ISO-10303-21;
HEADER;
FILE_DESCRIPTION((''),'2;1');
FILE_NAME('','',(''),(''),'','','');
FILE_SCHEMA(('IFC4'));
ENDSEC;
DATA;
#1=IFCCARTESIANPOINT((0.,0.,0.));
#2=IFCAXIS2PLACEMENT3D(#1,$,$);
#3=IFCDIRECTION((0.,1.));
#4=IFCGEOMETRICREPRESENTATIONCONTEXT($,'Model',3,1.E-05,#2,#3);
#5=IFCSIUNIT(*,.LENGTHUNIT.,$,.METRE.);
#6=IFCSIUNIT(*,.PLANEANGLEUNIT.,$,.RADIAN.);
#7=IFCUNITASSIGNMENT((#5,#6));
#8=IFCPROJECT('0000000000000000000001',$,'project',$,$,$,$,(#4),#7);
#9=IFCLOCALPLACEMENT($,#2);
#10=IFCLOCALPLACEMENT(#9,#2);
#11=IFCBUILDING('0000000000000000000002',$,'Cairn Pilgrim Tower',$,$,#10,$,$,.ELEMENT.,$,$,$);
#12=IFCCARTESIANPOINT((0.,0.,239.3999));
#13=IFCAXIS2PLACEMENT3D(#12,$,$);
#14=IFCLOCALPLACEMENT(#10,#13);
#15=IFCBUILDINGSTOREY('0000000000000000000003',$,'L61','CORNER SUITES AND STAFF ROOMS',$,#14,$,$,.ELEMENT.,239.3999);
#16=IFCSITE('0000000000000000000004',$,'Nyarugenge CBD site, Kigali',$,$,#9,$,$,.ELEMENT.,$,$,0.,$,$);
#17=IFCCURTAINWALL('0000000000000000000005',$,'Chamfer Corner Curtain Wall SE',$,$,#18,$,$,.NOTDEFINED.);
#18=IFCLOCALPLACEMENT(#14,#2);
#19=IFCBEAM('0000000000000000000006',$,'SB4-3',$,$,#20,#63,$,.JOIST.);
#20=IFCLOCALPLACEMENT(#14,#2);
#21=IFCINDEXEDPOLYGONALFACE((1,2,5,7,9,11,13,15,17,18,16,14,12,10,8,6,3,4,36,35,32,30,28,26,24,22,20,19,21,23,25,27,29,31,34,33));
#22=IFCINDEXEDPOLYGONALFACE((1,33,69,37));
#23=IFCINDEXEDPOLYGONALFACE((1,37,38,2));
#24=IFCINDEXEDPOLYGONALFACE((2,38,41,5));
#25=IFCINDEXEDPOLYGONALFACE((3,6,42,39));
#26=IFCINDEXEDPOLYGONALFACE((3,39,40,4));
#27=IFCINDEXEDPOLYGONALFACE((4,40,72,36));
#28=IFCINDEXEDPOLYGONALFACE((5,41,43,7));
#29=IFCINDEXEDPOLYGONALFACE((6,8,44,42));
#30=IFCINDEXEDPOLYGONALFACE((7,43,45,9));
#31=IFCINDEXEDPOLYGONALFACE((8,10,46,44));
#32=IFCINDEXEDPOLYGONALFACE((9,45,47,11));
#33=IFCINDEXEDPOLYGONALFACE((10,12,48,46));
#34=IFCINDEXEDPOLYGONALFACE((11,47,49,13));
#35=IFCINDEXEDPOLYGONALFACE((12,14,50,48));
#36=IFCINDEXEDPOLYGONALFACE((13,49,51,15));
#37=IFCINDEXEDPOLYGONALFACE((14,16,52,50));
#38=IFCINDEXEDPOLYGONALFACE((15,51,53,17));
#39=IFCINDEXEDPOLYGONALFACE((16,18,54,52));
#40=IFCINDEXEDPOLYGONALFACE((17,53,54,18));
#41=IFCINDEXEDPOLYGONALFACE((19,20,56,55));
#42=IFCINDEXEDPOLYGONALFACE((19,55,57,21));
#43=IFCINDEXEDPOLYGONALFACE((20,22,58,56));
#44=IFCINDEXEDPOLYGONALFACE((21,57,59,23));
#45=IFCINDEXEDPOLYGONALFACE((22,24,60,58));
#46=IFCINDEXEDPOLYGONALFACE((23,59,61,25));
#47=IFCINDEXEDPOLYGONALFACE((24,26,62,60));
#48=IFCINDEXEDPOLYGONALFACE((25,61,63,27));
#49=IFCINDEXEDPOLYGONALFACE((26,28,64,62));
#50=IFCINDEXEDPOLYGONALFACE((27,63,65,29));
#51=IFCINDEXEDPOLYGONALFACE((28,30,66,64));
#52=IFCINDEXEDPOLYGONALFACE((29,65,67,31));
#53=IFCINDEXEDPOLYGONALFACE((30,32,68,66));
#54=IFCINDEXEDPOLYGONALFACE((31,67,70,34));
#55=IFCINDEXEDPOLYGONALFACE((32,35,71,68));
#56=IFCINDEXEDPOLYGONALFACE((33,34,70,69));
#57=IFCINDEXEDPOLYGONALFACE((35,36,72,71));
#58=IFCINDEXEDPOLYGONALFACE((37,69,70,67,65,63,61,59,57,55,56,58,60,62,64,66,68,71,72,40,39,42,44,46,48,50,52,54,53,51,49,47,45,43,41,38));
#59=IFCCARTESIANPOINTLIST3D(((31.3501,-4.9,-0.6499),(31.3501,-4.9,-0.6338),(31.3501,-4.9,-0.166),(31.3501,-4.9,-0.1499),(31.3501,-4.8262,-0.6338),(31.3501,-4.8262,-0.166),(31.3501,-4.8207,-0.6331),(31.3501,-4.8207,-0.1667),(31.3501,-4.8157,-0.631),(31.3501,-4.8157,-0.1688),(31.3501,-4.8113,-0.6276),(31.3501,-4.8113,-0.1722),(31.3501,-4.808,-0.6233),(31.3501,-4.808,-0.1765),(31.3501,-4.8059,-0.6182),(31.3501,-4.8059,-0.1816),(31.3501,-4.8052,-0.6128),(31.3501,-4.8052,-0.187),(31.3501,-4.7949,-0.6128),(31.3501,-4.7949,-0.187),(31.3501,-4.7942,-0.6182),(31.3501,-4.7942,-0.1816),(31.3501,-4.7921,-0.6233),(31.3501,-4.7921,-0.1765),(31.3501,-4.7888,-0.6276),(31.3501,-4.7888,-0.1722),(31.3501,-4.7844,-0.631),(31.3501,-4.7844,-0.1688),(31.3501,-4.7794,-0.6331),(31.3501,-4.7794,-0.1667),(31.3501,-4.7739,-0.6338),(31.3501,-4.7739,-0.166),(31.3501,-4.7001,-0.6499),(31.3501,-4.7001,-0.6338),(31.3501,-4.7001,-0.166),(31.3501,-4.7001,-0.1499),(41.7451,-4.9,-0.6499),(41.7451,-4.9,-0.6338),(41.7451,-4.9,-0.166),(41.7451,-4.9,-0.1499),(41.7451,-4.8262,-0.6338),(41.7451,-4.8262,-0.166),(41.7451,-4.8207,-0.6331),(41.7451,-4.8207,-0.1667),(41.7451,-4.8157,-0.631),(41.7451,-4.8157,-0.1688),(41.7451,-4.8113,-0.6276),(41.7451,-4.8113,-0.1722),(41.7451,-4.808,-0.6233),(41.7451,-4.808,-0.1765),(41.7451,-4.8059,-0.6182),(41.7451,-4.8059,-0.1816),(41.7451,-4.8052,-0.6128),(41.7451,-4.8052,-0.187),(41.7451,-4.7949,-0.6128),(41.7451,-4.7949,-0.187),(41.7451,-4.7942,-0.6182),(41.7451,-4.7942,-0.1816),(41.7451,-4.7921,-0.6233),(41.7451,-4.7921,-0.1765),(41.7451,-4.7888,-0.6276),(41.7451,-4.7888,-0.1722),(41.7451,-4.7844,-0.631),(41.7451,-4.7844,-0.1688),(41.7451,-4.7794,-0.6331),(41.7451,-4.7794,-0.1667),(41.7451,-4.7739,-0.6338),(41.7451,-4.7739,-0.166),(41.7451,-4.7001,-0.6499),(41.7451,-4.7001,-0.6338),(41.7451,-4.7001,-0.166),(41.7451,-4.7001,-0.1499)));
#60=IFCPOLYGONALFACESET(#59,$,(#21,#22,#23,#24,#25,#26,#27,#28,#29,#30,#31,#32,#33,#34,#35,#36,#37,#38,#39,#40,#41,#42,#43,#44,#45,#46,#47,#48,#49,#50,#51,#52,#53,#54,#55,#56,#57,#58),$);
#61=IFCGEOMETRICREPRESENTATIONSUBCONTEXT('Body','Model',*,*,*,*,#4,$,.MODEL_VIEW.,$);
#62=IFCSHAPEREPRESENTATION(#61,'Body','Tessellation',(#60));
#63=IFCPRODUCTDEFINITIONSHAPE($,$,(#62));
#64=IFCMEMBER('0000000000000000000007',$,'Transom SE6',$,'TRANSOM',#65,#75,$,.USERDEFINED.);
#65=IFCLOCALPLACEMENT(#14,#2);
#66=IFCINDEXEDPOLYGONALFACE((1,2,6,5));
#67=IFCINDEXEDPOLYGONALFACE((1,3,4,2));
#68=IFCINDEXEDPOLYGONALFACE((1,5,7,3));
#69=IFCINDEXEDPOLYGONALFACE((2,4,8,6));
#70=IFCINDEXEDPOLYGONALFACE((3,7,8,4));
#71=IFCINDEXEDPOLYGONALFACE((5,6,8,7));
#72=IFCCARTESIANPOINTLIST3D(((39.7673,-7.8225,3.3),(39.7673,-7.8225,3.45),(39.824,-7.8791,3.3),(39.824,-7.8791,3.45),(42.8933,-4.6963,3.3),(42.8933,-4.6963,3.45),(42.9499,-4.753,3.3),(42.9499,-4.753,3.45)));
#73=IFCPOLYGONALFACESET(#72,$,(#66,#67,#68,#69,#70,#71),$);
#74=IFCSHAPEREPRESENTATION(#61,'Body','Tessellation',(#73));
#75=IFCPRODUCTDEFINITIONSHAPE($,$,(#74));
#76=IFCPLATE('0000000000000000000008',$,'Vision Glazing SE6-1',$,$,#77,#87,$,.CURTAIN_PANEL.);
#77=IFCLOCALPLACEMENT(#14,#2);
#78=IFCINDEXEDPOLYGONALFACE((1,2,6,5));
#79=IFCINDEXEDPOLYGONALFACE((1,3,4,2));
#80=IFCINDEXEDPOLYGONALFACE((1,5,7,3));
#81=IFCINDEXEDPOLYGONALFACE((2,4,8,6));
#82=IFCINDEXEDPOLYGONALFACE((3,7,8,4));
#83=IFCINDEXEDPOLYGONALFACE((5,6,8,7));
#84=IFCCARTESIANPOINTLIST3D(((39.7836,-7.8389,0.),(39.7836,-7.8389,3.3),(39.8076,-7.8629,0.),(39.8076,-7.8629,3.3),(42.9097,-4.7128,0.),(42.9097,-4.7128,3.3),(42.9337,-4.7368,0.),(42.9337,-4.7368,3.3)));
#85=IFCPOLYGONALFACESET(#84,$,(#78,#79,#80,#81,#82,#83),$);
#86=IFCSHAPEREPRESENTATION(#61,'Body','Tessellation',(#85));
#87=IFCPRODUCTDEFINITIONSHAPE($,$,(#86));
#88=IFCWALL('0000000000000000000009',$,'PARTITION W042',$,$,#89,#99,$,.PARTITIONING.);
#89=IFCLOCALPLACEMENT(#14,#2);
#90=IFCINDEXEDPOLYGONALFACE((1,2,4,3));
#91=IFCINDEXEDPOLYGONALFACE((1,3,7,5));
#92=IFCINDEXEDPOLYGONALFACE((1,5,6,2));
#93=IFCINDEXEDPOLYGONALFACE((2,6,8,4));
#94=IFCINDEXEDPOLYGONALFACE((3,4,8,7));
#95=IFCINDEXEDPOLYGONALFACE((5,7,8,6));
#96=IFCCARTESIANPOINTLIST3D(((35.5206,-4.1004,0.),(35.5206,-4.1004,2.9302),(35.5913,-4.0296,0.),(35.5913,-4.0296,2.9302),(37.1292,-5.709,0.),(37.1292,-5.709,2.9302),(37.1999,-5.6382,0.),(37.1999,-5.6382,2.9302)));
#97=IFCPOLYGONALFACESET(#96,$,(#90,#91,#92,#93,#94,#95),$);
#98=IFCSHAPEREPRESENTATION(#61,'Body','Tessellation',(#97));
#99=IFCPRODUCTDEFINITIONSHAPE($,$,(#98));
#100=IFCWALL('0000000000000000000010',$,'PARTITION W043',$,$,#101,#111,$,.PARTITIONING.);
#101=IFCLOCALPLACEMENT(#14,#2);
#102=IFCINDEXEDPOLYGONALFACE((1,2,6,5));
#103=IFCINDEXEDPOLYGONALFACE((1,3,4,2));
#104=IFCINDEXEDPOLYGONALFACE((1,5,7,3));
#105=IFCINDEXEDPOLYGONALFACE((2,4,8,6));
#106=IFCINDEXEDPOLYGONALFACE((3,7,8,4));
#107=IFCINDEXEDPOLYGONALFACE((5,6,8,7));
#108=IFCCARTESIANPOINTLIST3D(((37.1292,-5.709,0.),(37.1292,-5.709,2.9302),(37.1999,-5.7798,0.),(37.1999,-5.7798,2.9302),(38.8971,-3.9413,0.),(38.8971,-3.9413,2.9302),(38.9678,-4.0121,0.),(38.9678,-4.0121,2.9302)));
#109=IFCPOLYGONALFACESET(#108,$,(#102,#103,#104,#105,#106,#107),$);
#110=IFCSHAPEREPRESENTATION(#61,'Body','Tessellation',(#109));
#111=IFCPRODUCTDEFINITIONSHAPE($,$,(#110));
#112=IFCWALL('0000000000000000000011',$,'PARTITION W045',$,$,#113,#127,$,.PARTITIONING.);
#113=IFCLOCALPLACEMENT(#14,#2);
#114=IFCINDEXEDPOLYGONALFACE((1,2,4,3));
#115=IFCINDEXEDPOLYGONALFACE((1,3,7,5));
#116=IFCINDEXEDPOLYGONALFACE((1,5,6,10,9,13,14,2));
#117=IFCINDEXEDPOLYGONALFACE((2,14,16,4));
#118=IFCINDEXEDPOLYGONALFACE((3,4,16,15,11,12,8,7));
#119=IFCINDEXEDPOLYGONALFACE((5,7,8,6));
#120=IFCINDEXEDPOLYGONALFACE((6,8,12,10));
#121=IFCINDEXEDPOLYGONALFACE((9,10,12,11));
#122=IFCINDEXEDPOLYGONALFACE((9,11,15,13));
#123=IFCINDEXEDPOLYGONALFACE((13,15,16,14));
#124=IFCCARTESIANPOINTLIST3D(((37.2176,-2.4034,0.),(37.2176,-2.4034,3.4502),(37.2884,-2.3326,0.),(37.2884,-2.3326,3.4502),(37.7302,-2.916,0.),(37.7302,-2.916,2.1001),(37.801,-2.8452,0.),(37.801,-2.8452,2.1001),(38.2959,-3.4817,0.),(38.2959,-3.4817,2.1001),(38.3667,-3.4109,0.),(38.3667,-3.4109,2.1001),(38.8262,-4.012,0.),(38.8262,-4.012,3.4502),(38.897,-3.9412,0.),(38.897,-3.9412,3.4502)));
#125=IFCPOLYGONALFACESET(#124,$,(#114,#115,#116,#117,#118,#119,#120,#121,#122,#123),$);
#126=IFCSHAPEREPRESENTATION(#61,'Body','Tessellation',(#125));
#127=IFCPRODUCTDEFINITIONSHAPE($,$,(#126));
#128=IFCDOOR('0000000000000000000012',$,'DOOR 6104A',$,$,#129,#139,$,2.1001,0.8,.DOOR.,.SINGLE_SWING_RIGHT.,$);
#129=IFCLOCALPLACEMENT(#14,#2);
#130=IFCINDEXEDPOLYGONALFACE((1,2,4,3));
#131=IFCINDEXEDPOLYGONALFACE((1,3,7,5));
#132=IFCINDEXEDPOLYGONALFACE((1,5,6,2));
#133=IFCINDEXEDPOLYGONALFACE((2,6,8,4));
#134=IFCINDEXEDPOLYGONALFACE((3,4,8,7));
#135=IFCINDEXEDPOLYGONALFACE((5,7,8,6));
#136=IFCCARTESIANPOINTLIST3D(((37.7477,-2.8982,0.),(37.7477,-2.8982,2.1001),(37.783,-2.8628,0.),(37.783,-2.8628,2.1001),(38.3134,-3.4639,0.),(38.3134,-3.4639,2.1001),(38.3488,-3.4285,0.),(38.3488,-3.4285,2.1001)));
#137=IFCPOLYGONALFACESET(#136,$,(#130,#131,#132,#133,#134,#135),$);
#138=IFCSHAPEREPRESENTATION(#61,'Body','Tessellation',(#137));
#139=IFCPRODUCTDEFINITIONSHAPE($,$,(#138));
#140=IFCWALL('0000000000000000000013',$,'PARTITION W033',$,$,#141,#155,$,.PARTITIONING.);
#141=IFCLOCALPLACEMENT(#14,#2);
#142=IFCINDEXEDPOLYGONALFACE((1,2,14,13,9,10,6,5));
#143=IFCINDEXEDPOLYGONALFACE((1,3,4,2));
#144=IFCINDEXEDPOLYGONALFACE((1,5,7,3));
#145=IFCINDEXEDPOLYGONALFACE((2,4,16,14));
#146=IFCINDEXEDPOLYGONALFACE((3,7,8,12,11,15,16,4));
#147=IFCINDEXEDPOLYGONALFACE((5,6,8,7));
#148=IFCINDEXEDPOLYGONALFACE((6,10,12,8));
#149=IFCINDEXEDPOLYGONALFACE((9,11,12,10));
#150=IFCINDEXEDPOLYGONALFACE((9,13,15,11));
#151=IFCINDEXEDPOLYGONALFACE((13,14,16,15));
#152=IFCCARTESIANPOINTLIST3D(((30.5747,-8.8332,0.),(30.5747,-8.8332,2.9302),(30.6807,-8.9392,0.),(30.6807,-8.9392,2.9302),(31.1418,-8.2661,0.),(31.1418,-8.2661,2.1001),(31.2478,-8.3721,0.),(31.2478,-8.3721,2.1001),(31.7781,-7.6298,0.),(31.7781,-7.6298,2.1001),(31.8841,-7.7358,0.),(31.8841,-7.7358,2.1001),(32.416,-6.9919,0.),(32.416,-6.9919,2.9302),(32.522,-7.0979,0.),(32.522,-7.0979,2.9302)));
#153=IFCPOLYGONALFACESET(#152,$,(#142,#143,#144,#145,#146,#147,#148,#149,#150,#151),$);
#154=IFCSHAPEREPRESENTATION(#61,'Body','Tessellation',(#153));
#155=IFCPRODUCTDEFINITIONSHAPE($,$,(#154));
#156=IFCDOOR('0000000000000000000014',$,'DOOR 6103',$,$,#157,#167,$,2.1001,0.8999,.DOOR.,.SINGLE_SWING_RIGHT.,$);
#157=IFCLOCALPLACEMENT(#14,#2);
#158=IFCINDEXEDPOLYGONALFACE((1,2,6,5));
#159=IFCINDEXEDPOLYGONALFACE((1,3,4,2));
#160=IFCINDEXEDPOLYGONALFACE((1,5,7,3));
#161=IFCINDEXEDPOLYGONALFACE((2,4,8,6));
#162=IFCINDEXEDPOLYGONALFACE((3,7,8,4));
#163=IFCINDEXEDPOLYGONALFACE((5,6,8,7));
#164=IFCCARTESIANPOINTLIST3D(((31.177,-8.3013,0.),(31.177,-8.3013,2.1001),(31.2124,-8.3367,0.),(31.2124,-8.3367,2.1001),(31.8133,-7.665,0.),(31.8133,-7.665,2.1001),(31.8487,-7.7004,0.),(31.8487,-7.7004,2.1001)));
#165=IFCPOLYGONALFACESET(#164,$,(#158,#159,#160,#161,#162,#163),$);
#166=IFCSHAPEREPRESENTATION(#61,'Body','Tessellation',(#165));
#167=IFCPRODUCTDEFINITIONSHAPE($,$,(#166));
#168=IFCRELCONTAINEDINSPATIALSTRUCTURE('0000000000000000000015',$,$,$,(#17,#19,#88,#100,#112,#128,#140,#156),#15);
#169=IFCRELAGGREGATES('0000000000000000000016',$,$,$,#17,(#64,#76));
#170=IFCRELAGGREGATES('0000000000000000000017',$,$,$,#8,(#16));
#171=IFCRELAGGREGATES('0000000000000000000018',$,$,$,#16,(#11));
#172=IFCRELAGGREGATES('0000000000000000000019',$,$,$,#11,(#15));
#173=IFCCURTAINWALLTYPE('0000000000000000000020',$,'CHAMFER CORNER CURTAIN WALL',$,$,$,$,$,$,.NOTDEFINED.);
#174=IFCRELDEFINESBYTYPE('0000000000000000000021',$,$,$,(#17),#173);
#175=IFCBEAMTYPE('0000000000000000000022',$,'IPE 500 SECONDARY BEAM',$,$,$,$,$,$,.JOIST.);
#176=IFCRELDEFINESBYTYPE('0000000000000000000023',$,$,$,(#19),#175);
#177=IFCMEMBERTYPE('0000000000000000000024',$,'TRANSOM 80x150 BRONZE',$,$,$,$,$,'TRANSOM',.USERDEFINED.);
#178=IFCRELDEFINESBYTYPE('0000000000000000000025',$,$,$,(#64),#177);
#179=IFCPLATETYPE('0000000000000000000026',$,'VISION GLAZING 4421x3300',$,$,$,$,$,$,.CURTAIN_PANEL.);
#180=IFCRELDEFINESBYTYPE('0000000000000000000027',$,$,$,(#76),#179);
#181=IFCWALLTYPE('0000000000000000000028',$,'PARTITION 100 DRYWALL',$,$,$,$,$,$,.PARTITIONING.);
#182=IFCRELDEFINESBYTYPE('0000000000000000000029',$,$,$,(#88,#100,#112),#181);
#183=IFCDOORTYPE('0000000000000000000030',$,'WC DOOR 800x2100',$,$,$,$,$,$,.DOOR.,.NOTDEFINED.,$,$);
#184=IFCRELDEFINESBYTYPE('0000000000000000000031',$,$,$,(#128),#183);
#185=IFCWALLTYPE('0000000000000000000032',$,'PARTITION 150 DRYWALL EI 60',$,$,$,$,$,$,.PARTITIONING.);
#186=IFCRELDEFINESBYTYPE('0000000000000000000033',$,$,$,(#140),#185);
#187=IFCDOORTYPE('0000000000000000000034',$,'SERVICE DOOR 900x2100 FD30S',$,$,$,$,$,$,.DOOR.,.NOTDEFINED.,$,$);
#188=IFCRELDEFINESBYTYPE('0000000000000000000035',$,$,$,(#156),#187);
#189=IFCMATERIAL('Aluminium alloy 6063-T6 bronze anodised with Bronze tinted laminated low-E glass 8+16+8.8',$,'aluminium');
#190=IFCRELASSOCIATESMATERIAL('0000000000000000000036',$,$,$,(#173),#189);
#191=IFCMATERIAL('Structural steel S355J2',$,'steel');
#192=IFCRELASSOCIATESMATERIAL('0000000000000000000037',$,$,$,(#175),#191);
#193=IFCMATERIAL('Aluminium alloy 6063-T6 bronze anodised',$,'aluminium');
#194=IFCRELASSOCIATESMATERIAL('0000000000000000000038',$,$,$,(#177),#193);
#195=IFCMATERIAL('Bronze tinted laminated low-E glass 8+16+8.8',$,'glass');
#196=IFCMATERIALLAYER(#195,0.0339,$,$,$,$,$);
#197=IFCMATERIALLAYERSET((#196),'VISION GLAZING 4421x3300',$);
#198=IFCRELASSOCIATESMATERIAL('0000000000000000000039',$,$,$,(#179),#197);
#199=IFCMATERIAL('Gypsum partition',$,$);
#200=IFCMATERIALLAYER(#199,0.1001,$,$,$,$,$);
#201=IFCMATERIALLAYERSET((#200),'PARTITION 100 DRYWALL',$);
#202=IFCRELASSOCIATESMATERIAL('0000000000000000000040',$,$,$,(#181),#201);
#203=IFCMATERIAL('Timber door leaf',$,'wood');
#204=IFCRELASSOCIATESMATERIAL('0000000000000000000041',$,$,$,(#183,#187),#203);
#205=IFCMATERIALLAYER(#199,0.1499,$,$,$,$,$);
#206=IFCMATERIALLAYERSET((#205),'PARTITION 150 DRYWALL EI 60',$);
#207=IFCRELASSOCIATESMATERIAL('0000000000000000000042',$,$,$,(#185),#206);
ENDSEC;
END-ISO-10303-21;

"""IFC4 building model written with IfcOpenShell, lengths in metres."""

from ifc_helpers import new_model, si_unit, direction, frame, frame_2d, origin, origin_2d, place, context, subcontext, project, spatial, rectangle, i_section, extrude, material, layer, layer_set, material_profile, profile_set, type_object, element, fill, aggregate, save


model = new_model("IFC4")

# Units and contexts
model_context = context("Model", 3, precision=1e-05, world=origin(), true_north=direction((0.0, 1.0)))
body_context = subcontext(model_context, "Body", "Model", "MODEL_VIEW")
ifc_project = project(units=[si_unit("LENGTHUNIT", "METRE"), si_unit("PLANEANGLEUNIT", "RADIAN")], contexts=[model_context])

# Site, building, storey
site_placement = place(None, origin())
site = spatial("IfcSite", under=ifc_project, at=site_placement, Name="Nyarugenge CBD site, Kigali", CompositionType="ELEMENT", RefElevation=0.0)
building_placement = place(site_placement, origin())
building = spatial("IfcBuilding", under=site, at=building_placement, Name="Cairn Pilgrim Tower", CompositionType="ELEMENT")
storey_placement = place(building_placement, frame((0.0, 0.0, 239.3999)))
storey = spatial("IfcBuildingStorey", under=building, at=storey_placement, Name="L61", Description="CORNER SUITES AND STAFF ROOMS", CompositionType="ELEMENT", Elevation=239.3999)

# Shared definitions
ifc_material_1 = material(Name="Structural steel S355J2", Category="steel")

# Curtain wall
ifc_material_2 = material(Name="Aluminium alloy 6063-T6 bronze anodised with Bronze tinted laminated low-E glass 8+16+8.8", Category="aluminium")
curtain_wall_type_1 = type_object("IfcCurtainWallType", Name="CHAMFER CORNER CURTAIN WALL", PredefinedType="NOTDEFINED", material=ifc_material_2)
curtain_wall_1_placement = place(storey_placement, origin())
curtain_wall_1 = element("IfcCurtainWall", 1, at=curtain_wall_1_placement, inside=storey, type_object=curtain_wall_type_1, Name="Chamfer Corner Curtain Wall SE", PredefinedType="NOTDEFINED")
ifc_material_3 = material(Name="Aluminium alloy 6063-T6 bronze anodised", Category="aluminium")

# Beam
ifc_material_profile_1 = material_profile(ifc_material_1, i_section(OverallWidth=0.2, OverallDepth=0.5, WebThickness=0.0103, FlangeThickness=0.0161, FilletRadius=0.021, at=origin_2d()), Name="IPE 500")
ifc_profile_set_1 = profile_set([ifc_material_profile_1], Name="Structural steel S355J2")
beam_type_1 = type_object("IfcBeamType", Name="IPE 500 SECONDARY BEAM", PredefinedType="JOIST", material=ifc_profile_set_1)
beam_1_placement = place(storey_placement, frame((31.3501, -4.8, -0.3999), z_axis=(1.0, 0.0, 0.0), x_axis=(0.0, 1.0, 0.0)))
element("IfcBeam", 2, at=beam_1_placement, inside=storey, type_object=beam_type_1, Name="SB4-3", PredefinedType="JOIST", context=body_context, shape_type="SweptSolid", body=[
    extrude(i_section(OverallWidth=0.2, OverallDepth=0.5, WebThickness=0.0103, FlangeThickness=0.0161, FilletRadius=0.021, at=origin_2d()), origin(), (0.0, 0.0, 1.0), 10.395),
])

# Member
ifc_material_profile_2 = material_profile(ifc_material_3, rectangle(XDim=0.0801, YDim=0.1499, at=origin_2d()), Name="TRANSOM 80x150 BRONZE")
ifc_profile_set_2 = profile_set([ifc_material_profile_2], Name="Aluminium alloy 6063-T6 bronze anodised")
member_type_1 = type_object("IfcMemberType", Name="TRANSOM 80x150 BRONZE", ElementType="TRANSOM", PredefinedType="USERDEFINED", material=ifc_profile_set_2)
member_1_placement = place(storey_placement, frame((39.7957, -7.8508, 3.375), z_axis=(0.707079, 0.707134, 0.0), x_axis=(-0.707134, 0.707079, 0.0)))
member_1 = element("IfcMember", 3, at=member_1_placement, type_object=member_type_1, Name="Transom SE6", ObjectType="TRANSOM", PredefinedType="USERDEFINED", context=body_context, shape_type="SweptSolid", body=[
    extrude(rectangle(XDim=0.0801, YDim=0.1499, at=origin_2d()), origin(), (0.0, 0.0, 1.0), 4.4209),
])

# Plate
ifc_material_4 = material(Name="Bronze tinted laminated low-E glass 8+16+8.8", Category="glass")
ifc_layer_1 = layer(ifc_material_4, 0.0339)
ifc_layer_set_1 = layer_set([ifc_layer_1], Name="VISION GLAZING 4421x3300")
plate_type = type_object("IfcPlateType", Name="VISION GLAZING 4421x3300", PredefinedType="CURTAIN_PANEL", material=ifc_layer_set_1)
plate_placement = place(storey_placement, frame((41.3586, -6.2878, 0.0), z_axis=(0.0, 0.0, 1.0), x_axis=(0.707107, 0.707107, 0.0)))
plate = element("IfcPlate", 4, at=plate_placement, type_object=plate_type, Name="Vision Glazing SE6-1", PredefinedType="CURTAIN_PANEL", context=body_context, shape_type="SweptSolid", body=[
    extrude(rectangle(XDim=4.4209, YDim=0.0339, at=origin_2d()), origin(), (0.0, 0.0, 1.0), 3.3),
])
aggregate(curtain_wall_1, [member_1, plate])

# Walls
ifc_material_5 = material(Name="Gypsum partition")
ifc_layer_2 = layer(ifc_material_5, 0.1001)
ifc_layer_set_2 = layer_set([ifc_layer_2], Name="PARTITION 100 DRYWALL")
wall_type_1 = type_object("IfcWallType", Name="PARTITION 100 DRYWALL", PredefinedType="PARTITIONING", material=ifc_layer_set_2)
wall_1_placement = place(storey_placement, frame((37.1646, -5.6736, 0.0), z_axis=(0.0, 0.0, 1.0), x_axis=(-0.707107, 0.707107, 0.0)))
element("IfcWall", 5, at=wall_1_placement, inside=storey, type_object=wall_type_1, Name="PARTITION W042", PredefinedType="PARTITIONING", context=body_context, shape_type="SweptSolid", body=[
    extrude(rectangle(XDim=2.2749, YDim=0.1001, at=frame_2d((1.1375, 0.0))), origin(), (0.0, 0.0, 1.0), 2.9302),
])
wall_2_placement = place(storey_placement, frame((37.1646, -5.7444, 0.0), z_axis=(0.0, 0.0, 1.0), x_axis=(0.707156, 0.707058, 0.0)))
element("IfcWall", 6, at=wall_2_placement, inside=storey, type_object=wall_type_1, Name="PARTITION W043", PredefinedType="PARTITIONING", context=body_context, shape_type="SweptSolid", body=[
    extrude(rectangle(XDim=2.5, YDim=0.1001, at=frame_2d((1.25, 0.0))), origin(), (0.0, 0.0, 1.0), 2.9302),
])

# Walls, openings, doors
wall_3_placement = place(storey_placement, frame((38.8616, -3.9766, 0.0), z_axis=(0.0, 0.0, 1.0), x_axis=(-0.707107, 0.707107, 0.0)))
wall_3 = element("IfcWall", 7, at=wall_3_placement, inside=storey, type_object=wall_type_1, Name="PARTITION W045", PredefinedType="PARTITIONING", context=body_context, shape_type="SweptSolid", body=[
    extrude(rectangle(XDim=2.2749, YDim=0.1001, at=frame_2d((1.1375, 0.0))), origin(), (0.0, 0.0, 1.0), 3.4502),
])
opening_1_placement = place(wall_3_placement, frame((0.75, 0.0, 0.0)))
opening_1 = element("IfcOpeningElement", 8, at=opening_1_placement, cuts=wall_3, PredefinedType="OPENING", context=body_context, shape_type="SweptSolid", body=[
    extrude(rectangle(XDim=0.8, YDim=2.1001, at=frame_2d((0.3999, 1.05))), frame((0.0, 0.0601, 0.0), z_axis=(0.0, -1.0, 0.0), x_axis=(1.0, 0.0, 0.0)), (0.0, 0.0, 1.0), 0.1201),
])
ifc_material_6 = material(Name="Timber door leaf", Category="wood")
door_type_1 = type_object("IfcDoorType", Name="WC DOOR 800x2100", OperationType="NOTDEFINED", PredefinedType="DOOR", material=ifc_material_6)
door_1_placement = place(opening_1_placement, frame((0.8, 0.0, 0.0), z_axis=(0.0, 0.0, 1.0), x_axis=(-1.0, 0.0, 0.0)))
door_1 = element("IfcDoor", 9, at=door_1_placement, inside=storey, type_object=door_type_1, Name="DOOR 6104A", OperationType="SINGLE_SWING_RIGHT", OverallHeight=2.1001, OverallWidth=0.8, PredefinedType="DOOR", context=body_context, shape_type="SweptSolid", body=[
    extrude(rectangle(XDim=0.8, YDim=2.1001, at=frame_2d((0.3999, 1.05))), frame((0.0, 0.0249, 0.0), z_axis=(0.0, -1.0, 0.0), x_axis=(1.0, 0.0, 0.0)), (0.0, 0.0, 1.0), 0.05),
])
fill(opening_1, door_1)
ifc_layer_3 = layer(ifc_material_5, 0.1499)
ifc_layer_set_3 = layer_set([ifc_layer_3], Name="PARTITION 150 DRYWALL EI 60")
wall_type_2 = type_object("IfcWallType", Name="PARTITION 150 DRYWALL EI 60", PredefinedType="PARTITIONING", material=ifc_layer_set_3)
wall_4_placement = place(storey_placement, frame((30.6277, -8.8862, 0.0), z_axis=(0.0, 0.0, 1.0), x_axis=(0.707107, 0.707107, 0.0)))
wall_4 = element("IfcWall", 10, at=wall_4_placement, inside=storey, type_object=wall_type_2, Name="PARTITION W033", PredefinedType="PARTITIONING", context=body_context, shape_type="SweptSolid", body=[
    extrude(rectangle(XDim=2.604, YDim=0.1499, at=frame_2d((1.302, 0.0))), origin(), (0.0, 0.0, 1.0), 2.9302),
])
opening_2_placement = place(wall_4_placement, frame((0.802, 0.0, 0.0)))
opening_2 = element("IfcOpeningElement", 11, at=opening_2_placement, cuts=wall_4, PredefinedType="OPENING", context=body_context, shape_type="SweptSolid", body=[
    extrude(rectangle(XDim=0.8999, YDim=2.1001, at=frame_2d((0.45, 1.05))), frame((0.0, 0.085, 0.0), z_axis=(0.0, -1.0, 0.0), x_axis=(1.0, 0.0, 0.0)), (0.0, 0.0, 1.0), 0.1699),
])
door_type_2 = type_object("IfcDoorType", Name="SERVICE DOOR 900x2100 FD30S", OperationType="NOTDEFINED", PredefinedType="DOOR", material=ifc_material_6)
door_2_placement = place(opening_2_placement, frame((0.8999, 0.0, 0.0), z_axis=(0.0, 0.0, 1.0), x_axis=(-1.0, 0.0, 0.0)))
door_2 = element("IfcDoor", 12, at=door_2_placement, inside=storey, type_object=door_type_2, Name="DOOR 6103", OperationType="SINGLE_SWING_RIGHT", OverallHeight=2.1001, OverallWidth=0.8999, PredefinedType="DOOR", context=body_context, shape_type="SweptSolid", body=[
    extrude(rectangle(XDim=0.8999, YDim=2.1001, at=frame_2d((0.45, 1.05))), frame((0.0, 0.0249, 0.0), z_axis=(0.0, -1.0, 0.0), x_axis=(1.0, 0.0, 0.0)), (0.0, 0.0, 1.0), 0.05),
])
fill(opening_2, door_2)

save(model, "model.ifc")
